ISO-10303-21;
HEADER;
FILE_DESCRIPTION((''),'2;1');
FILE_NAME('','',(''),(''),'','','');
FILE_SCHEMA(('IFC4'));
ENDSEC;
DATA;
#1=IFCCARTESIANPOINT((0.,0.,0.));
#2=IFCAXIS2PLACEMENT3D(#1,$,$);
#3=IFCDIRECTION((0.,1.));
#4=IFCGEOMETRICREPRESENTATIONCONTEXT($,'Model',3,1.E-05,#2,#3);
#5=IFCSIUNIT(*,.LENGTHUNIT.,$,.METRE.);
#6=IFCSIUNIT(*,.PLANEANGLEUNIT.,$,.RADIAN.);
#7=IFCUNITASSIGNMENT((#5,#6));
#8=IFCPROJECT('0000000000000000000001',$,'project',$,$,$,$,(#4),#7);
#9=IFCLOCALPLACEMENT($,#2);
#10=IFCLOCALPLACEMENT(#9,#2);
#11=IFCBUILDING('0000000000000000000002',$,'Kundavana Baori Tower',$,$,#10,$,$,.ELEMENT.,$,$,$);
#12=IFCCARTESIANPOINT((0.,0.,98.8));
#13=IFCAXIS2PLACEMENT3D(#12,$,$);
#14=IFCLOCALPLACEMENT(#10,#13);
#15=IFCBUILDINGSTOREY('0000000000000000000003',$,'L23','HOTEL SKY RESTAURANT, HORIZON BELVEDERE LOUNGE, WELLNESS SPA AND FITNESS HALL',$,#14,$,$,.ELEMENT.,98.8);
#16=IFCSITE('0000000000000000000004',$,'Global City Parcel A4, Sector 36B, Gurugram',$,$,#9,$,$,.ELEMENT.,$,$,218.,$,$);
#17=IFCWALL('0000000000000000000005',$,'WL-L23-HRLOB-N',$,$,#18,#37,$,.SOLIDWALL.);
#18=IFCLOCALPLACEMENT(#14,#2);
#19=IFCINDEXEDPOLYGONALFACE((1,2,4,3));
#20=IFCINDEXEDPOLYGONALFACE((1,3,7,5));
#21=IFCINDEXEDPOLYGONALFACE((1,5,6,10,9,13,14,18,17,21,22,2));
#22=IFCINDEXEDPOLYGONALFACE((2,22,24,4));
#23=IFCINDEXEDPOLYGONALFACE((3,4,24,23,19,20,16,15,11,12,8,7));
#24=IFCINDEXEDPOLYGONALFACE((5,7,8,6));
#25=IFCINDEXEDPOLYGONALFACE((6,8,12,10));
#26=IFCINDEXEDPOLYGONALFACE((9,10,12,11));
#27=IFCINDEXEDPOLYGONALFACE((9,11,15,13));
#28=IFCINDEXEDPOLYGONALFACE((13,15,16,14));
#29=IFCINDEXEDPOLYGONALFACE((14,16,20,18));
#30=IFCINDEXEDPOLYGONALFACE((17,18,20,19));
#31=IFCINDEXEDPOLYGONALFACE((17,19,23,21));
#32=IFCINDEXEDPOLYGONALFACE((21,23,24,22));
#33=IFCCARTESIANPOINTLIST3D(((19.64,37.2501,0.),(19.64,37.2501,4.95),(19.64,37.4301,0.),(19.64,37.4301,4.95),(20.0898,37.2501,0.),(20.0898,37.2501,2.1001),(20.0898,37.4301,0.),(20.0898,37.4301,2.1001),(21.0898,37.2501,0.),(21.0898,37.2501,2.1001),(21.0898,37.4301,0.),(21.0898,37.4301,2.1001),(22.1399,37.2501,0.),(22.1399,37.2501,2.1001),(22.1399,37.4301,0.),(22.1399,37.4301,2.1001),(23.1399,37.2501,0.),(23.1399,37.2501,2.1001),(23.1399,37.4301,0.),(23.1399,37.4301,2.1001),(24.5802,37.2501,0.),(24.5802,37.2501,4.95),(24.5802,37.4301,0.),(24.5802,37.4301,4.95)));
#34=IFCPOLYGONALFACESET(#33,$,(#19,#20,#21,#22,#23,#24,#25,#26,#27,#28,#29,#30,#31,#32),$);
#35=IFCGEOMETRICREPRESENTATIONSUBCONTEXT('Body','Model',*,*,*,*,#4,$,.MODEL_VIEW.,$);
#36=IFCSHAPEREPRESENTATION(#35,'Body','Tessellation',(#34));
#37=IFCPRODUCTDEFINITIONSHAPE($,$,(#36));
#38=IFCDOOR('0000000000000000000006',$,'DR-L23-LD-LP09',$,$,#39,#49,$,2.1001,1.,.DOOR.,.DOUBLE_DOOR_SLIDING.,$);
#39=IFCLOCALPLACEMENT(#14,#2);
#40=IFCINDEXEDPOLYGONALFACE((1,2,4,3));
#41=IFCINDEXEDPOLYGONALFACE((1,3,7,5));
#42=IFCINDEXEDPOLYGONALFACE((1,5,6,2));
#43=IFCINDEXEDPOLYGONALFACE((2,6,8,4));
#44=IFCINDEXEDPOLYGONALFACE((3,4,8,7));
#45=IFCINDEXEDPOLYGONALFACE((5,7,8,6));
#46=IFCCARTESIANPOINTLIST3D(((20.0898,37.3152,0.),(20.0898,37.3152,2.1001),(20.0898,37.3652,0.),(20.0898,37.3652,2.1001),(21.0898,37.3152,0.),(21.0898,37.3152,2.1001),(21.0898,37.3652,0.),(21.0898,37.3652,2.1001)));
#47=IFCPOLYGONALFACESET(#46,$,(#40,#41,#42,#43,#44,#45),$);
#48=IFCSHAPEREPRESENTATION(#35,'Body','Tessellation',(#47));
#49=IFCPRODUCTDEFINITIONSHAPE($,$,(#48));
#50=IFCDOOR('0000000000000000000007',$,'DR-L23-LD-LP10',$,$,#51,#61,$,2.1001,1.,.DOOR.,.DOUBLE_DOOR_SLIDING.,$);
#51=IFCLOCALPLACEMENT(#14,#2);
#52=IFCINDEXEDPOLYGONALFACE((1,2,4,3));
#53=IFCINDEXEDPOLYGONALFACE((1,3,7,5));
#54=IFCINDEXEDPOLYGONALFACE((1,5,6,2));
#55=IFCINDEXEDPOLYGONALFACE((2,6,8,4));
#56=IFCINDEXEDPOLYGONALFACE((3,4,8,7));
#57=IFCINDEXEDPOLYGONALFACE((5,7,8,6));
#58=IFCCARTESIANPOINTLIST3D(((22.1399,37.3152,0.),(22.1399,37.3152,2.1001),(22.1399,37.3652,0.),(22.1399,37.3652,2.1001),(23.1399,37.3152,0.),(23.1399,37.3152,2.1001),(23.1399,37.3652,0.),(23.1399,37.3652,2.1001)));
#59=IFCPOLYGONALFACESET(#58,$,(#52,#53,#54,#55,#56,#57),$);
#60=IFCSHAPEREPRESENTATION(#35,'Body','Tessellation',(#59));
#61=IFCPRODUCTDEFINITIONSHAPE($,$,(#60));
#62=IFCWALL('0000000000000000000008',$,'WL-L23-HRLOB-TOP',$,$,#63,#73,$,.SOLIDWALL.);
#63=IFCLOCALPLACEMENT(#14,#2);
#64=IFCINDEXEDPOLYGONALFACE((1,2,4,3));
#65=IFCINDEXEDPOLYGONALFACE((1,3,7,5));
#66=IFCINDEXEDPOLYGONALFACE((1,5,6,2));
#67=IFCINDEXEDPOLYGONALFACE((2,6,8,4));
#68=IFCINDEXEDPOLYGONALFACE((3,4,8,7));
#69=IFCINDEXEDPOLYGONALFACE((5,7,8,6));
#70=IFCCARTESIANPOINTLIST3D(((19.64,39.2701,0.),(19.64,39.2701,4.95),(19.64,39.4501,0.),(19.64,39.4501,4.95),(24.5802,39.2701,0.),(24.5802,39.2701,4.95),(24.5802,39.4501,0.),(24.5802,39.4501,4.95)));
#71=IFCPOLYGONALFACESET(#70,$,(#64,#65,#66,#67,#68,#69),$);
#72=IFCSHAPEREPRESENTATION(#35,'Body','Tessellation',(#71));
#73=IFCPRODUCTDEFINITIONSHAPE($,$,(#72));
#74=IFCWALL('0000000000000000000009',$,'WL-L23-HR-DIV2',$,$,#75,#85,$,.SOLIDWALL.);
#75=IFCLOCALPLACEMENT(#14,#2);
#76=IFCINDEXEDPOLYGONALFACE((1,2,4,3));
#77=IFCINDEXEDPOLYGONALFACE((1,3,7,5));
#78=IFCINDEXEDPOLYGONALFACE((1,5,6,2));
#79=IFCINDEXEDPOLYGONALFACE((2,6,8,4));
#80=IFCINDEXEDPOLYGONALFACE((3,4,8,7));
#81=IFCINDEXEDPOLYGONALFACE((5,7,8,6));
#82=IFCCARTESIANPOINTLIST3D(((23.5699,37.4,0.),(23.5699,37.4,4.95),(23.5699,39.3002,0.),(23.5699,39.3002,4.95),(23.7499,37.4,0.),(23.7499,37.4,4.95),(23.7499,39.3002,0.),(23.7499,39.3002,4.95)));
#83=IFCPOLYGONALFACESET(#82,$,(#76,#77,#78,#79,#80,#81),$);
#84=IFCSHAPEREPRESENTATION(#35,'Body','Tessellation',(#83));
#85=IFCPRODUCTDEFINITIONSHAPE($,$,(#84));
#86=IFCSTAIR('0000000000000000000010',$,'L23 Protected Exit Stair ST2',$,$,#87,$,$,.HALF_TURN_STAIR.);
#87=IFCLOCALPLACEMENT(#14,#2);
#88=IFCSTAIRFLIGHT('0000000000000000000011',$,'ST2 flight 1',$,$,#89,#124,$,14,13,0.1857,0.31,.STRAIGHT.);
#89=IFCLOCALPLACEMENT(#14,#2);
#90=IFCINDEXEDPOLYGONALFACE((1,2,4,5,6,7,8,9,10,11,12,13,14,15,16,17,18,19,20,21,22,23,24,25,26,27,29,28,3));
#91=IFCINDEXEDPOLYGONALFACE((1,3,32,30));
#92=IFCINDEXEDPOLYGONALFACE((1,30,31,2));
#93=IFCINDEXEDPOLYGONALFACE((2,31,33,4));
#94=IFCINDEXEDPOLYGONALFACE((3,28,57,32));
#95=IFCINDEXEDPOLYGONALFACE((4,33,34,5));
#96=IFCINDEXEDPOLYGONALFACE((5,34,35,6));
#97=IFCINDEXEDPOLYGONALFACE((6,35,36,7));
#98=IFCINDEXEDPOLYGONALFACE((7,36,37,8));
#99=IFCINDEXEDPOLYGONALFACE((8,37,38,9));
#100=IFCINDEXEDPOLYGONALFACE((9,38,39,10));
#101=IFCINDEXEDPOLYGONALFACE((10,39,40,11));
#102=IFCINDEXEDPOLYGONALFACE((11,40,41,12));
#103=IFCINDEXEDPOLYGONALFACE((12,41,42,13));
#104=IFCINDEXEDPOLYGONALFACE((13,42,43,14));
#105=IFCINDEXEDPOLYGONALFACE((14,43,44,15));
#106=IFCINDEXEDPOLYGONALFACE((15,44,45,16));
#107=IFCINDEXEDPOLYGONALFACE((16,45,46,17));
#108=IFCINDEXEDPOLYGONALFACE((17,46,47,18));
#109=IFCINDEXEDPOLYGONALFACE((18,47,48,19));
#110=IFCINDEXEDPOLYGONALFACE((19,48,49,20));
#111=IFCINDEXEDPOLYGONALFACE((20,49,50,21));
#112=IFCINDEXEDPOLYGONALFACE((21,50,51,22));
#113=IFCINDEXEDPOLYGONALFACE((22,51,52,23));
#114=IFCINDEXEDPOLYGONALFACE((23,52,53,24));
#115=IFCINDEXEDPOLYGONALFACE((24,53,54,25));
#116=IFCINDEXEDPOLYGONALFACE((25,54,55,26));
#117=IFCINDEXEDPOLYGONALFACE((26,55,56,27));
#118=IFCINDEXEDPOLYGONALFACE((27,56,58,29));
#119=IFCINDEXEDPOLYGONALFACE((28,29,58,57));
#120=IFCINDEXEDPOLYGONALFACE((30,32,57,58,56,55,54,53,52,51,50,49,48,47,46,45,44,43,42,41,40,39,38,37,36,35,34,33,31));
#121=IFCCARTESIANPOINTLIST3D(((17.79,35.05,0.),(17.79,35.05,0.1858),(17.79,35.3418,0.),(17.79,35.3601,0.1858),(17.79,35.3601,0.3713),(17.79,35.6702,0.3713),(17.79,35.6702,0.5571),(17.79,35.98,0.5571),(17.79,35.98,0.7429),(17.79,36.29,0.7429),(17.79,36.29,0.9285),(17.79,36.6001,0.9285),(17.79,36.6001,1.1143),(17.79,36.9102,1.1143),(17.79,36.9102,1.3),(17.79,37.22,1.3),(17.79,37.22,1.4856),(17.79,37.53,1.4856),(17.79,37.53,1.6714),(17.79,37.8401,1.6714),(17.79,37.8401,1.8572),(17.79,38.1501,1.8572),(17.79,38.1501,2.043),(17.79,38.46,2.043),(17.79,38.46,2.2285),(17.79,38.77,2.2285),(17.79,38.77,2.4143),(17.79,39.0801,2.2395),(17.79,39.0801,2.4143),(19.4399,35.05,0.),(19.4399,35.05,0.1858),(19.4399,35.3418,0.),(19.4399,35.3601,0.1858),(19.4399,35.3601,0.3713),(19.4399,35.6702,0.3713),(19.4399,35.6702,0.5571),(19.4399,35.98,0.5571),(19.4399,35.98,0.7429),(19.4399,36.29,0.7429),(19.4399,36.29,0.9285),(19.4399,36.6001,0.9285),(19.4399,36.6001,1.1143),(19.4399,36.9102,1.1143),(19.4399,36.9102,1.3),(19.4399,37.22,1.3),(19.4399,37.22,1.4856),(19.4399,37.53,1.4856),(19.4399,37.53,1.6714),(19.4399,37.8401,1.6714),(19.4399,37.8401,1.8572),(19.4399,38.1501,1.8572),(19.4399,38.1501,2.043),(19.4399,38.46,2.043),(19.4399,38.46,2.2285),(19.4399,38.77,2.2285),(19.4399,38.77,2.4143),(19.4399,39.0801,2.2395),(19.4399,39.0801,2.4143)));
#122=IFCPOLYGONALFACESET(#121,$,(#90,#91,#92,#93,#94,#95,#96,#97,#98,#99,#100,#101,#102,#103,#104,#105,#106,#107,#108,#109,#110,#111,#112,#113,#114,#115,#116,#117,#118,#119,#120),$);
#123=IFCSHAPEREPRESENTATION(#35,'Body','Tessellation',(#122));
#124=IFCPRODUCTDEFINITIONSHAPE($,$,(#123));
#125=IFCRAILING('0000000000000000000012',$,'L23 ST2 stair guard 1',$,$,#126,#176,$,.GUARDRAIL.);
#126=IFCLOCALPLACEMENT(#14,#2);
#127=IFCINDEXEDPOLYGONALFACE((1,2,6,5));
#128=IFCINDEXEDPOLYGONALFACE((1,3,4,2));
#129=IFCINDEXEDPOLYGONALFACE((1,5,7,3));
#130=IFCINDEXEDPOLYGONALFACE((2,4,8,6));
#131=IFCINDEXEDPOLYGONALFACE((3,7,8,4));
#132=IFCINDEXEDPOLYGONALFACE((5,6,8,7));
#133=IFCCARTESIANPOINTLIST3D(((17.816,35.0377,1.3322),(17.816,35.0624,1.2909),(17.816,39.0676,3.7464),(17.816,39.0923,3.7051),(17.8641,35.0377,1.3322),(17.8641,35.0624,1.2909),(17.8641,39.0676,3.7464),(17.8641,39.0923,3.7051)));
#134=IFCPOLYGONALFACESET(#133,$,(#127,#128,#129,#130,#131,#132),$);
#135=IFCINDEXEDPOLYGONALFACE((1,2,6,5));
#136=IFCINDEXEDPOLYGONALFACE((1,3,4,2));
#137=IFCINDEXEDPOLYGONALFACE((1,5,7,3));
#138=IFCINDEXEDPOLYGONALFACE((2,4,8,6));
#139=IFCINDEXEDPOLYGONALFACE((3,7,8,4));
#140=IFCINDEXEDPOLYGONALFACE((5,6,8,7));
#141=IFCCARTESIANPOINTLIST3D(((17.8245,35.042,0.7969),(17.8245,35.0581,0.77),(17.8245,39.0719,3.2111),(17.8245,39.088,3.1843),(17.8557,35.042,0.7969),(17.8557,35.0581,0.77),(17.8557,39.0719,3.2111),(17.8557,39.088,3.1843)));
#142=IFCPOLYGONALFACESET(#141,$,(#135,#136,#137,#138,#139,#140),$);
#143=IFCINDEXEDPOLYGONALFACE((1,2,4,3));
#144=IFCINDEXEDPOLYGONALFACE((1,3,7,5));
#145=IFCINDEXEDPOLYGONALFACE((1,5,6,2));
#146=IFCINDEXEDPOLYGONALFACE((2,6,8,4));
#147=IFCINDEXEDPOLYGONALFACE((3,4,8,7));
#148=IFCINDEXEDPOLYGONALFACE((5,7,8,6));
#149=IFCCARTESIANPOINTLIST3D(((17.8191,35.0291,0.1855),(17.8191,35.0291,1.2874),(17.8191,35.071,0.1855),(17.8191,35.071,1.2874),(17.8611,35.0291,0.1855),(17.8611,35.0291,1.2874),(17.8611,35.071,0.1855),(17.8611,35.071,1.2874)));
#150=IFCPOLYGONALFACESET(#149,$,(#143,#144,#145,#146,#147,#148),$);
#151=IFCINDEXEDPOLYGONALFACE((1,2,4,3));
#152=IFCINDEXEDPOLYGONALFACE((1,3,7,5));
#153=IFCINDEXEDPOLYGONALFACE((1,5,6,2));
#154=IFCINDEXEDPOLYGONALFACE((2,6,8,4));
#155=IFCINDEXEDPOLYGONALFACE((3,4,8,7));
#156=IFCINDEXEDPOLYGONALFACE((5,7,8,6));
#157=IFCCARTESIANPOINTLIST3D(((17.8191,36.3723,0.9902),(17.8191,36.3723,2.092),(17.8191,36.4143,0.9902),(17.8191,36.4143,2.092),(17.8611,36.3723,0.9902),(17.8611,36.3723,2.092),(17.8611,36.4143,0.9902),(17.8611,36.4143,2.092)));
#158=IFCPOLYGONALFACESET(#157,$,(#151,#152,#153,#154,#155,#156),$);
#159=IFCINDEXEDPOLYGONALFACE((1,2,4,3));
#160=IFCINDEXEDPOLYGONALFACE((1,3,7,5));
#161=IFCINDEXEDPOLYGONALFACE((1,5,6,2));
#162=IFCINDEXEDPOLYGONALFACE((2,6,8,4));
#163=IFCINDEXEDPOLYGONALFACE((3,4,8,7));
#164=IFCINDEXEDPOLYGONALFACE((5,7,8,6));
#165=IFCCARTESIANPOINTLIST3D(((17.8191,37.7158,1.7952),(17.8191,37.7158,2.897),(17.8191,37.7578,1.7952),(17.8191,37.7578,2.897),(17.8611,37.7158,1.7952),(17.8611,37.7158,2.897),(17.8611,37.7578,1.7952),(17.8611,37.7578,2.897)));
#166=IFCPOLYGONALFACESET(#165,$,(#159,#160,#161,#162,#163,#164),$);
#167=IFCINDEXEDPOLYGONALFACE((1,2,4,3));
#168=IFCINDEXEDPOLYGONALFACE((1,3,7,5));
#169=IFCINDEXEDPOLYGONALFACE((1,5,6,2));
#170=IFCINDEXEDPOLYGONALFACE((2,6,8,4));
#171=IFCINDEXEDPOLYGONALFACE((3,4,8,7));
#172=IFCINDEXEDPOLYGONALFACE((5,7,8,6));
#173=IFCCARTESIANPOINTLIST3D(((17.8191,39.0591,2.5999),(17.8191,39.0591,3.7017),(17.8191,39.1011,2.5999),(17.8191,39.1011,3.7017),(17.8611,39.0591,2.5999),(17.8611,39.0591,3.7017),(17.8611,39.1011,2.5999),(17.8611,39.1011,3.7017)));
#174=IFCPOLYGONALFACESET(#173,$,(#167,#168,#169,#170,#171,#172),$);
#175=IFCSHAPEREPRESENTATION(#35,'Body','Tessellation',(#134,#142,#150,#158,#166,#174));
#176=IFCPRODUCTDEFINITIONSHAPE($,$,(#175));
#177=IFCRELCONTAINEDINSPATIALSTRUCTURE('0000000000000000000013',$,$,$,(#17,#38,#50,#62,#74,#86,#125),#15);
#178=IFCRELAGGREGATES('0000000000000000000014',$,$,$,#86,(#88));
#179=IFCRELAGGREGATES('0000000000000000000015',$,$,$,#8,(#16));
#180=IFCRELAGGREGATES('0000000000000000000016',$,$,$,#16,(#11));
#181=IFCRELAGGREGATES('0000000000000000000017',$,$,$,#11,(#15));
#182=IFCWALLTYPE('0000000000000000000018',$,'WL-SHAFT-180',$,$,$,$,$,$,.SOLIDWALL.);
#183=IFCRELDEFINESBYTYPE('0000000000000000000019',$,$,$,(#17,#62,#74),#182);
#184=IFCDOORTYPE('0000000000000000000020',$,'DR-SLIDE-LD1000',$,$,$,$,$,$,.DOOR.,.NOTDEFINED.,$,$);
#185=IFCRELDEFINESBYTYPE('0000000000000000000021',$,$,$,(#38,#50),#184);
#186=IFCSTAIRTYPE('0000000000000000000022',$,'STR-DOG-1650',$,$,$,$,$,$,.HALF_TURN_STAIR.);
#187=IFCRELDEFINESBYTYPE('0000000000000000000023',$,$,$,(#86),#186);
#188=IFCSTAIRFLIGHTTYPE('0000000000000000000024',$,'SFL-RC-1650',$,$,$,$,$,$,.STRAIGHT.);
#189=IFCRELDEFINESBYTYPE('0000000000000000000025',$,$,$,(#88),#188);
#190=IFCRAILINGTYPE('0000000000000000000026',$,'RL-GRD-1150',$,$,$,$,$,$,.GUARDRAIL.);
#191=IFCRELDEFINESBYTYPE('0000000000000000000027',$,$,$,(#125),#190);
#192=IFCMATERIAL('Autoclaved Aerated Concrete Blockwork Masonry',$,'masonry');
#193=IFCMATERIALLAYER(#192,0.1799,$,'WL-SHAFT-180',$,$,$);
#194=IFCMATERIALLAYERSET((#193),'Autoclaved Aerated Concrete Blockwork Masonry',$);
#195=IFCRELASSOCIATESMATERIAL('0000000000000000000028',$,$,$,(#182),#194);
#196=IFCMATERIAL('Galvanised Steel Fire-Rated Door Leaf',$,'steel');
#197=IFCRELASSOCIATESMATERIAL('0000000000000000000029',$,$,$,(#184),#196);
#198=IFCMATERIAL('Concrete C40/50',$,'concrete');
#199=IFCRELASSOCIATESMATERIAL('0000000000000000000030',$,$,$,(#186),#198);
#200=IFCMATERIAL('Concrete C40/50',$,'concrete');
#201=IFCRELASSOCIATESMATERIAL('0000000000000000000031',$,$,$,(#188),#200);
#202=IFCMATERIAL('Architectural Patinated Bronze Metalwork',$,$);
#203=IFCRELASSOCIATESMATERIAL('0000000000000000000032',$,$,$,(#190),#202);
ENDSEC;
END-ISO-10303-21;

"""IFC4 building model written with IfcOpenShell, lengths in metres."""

from ifc_helpers import new_model, si_unit, direction, frame, frame_2d, origin, origin_2d, place, context, subcontext, project, spatial, polyline, rectangle, outline, extrude, material, layer, layer_set, type_object, element, fill, aggregate, save


model = new_model("IFC4")

# Units and contexts
model_context = context("Model", 3, precision=1e-05, world=origin(), true_north=direction((0.0, 1.0)))
body_context = subcontext(model_context, "Body", "Model", "MODEL_VIEW")
ifc_project = project(units=[si_unit("LENGTHUNIT", "METRE"), si_unit("PLANEANGLEUNIT", "RADIAN")], contexts=[model_context])

# Site, building, storey
site_placement = place(None, origin())
site = spatial("IfcSite", under=ifc_project, at=site_placement, Name="Global City Parcel A4, Sector 36B, Gurugram", CompositionType="ELEMENT", RefElevation=218.0)
building_placement = place(site_placement, origin())
building = spatial("IfcBuilding", under=site, at=building_placement, Name="Kundavana Baori Tower", CompositionType="ELEMENT")
storey_placement = place(building_placement, frame((0.0, 0.0, 98.8)))
storey = spatial("IfcBuildingStorey", under=building, at=storey_placement, Name="L23", Description="HOTEL SKY RESTAURANT, HORIZON BELVEDERE LOUNGE, WELLNESS SPA AND FITNESS HALL", CompositionType="ELEMENT", Elevation=98.8)

# Shared definitions
ifc_material_1 = material(Name="Autoclaved Aerated Concrete Blockwork Masonry", Category="masonry")
ifc_layer_1 = layer(ifc_material_1, 0.1799, Name="WL-SHAFT-180")
ifc_layer_set_1 = layer_set([ifc_layer_1], Name="Autoclaved Aerated Concrete Blockwork Masonry")
wall_type_1 = type_object("IfcWallType", Name="WL-SHAFT-180", PredefinedType="SOLIDWALL", material=ifc_layer_set_1)
ifc_material_2 = material(Name="Galvanised Steel Fire-Rated Door Leaf", Category="steel")
door_type_1 = type_object("IfcDoorType", Name="DR-SLIDE-LD1000", OperationType="NOTDEFINED", PredefinedType="DOOR", material=ifc_material_2)

# Wall, openings, doors
wall_1_placement = place(storey_placement, frame((19.6399, 37.3401, 0.0), z_axis=(0.0, 0.0, 1.0), x_axis=(1.0, 0.0, 0.0)))
wall_1 = element("IfcWall", 1, at=wall_1_placement, inside=storey, type_object=wall_type_1, Name="WL-L23-HRLOB-N", PredefinedType="SOLIDWALL", context=body_context, shape_type="SweptSolid", body=[
    extrude(rectangle(XDim=4.9402, YDim=0.1799, at=frame_2d((2.4702, 0.0))), origin(), (0.0, 0.0, 1.0), 4.95),
])
opening_1_placement = place(wall_1_placement, frame((0.45, 0.0, 0.0)))
opening_1 = element("IfcOpeningElement", 2, at=opening_1_placement, cuts=wall_1, PredefinedType="OPENING", context=body_context, shape_type="SweptSolid", body=[
    extrude(rectangle(XDim=1.0, YDim=2.1001, at=frame_2d((0.5, 1.05))), frame((0.0, 0.1001, 0.0), z_axis=(0.0, -1.0, 0.0), x_axis=(1.0, 0.0, 0.0)), (0.0, 0.0, 1.0), 0.2),
])
opening_2_placement = place(wall_1_placement, frame((2.5, 0.0, 0.0)))
opening_2 = element("IfcOpeningElement", 3, at=opening_2_placement, cuts=wall_1, PredefinedType="OPENING", context=body_context, shape_type="SweptSolid", body=[
    extrude(rectangle(XDim=1.0, YDim=2.1001, at=frame_2d((0.5, 1.05))), frame((0.0, 0.1001, 0.0), z_axis=(0.0, -1.0, 0.0), x_axis=(1.0, 0.0, 0.0)), (0.0, 0.0, 1.0), 0.2),
])
door_1_placement = place(opening_1_placement, frame((1.0, 0.0, 0.0), z_axis=(0.0, 0.0, 1.0), x_axis=(-1.0, 0.0, 0.0)))
door_1 = element("IfcDoor", 4, at=door_1_placement, inside=storey, type_object=door_type_1, Name="DR-L23-LD-LP09", OperationType="DOUBLE_DOOR_SLIDING", OverallHeight=2.1001, OverallWidth=1.0, PredefinedType="DOOR", context=body_context, shape_type="SweptSolid", body=[
    extrude(rectangle(XDim=1.0, YDim=2.1001, at=frame_2d((0.5, 1.05))), frame((0.0, 0.0249, 0.0), z_axis=(0.0, -1.0, 0.0), x_axis=(1.0, 0.0, 0.0)), (0.0, 0.0, 1.0), 0.05),
])
fill(opening_1, door_1)
door_2_placement = place(opening_2_placement, frame((1.0, 0.0, 0.0), z_axis=(0.0, 0.0, 1.0), x_axis=(-1.0, 0.0, 0.0)))
door_2 = element("IfcDoor", 5, at=door_2_placement, inside=storey, type_object=door_type_1, Name="DR-L23-LD-LP10", OperationType="DOUBLE_DOOR_SLIDING", OverallHeight=2.1001, OverallWidth=1.0, PredefinedType="DOOR", context=body_context, shape_type="SweptSolid", body=[
    extrude(rectangle(XDim=1.0, YDim=2.1001, at=frame_2d((0.5, 1.05))), frame((0.0, 0.0249, 0.0), z_axis=(0.0, -1.0, 0.0), x_axis=(1.0, 0.0, 0.0)), (0.0, 0.0, 1.0), 0.05),
])
fill(opening_2, door_2)

# Walls
wall_2_placement = place(storey_placement, frame((19.6399, 39.3601, 0.0), z_axis=(0.0, 0.0, 1.0), x_axis=(1.0, 0.0, 0.0)))
element("IfcWall", 6, at=wall_2_placement, inside=storey, type_object=wall_type_1, Name="WL-L23-HRLOB-TOP", PredefinedType="SOLIDWALL", context=body_context, shape_type="SweptSolid", body=[
    extrude(rectangle(XDim=4.9402, YDim=0.1799, at=frame_2d((2.4702, 0.0))), origin(), (0.0, 0.0, 1.0), 4.95),
])
wall_3_placement = place(storey_placement, frame((23.6599, 37.3999, 0.0), z_axis=(0.0, 0.0, 1.0), x_axis=(0.0, 1.0, 0.0)))
element("IfcWall", 7, at=wall_3_placement, inside=storey, type_object=wall_type_1, Name="WL-L23-HR-DIV2", PredefinedType="SOLIDWALL", context=body_context, shape_type="SweptSolid", body=[
    extrude(rectangle(XDim=1.9001, YDim=0.1799, at=frame_2d((0.9502, 0.0))), origin(), (0.0, 0.0, 1.0), 4.95),
])

# Stair, stair flight
ifc_material_3 = material(Name="Concrete C40/50", Category="concrete")
stair_type = type_object("IfcStairType", Name="STR-DOG-1650", PredefinedType="HALF_TURN_STAIR", material=ifc_material_3)
stair_placement = place(storey_placement, origin())
stair = element("IfcStair", 8, at=stair_placement, inside=storey, type_object=stair_type, Name="L23 Protected Exit Stair ST2", PredefinedType="HALF_TURN_STAIR")
ifc_material_4 = material(Name="Concrete C40/50", Category="concrete")
stair_flight_type = type_object("IfcStairFlightType", Name="SFL-RC-1650", PredefinedType="STRAIGHT", material=ifc_material_4)
stair_flight_placement = place(storey_placement, frame((18.615, 35.05, 0.0), z_axis=(0.0, 0.0, 1.0), x_axis=(0.0, 1.0, 0.0)))
stair_flight = element("IfcStairFlight", 9, at=stair_flight_placement, type_object=stair_flight_type, Name="ST2 flight 1", NumberOfRisers=14, NumberOfTreads=13, PredefinedType="STRAIGHT", RiserHeight=0.1857, TreadLength=0.31, context=body_context, shape_type="SweptSolid", body=[
    extrude(outline(polyline([(0.0, 0.0), (0.0, 0.1858), (0.3101, 0.1858), (0.3101, 0.3713), (0.6201, 0.3713), (0.6201, 0.5571), (0.9299, 0.5571), (0.9299, 0.7429), (1.24, 0.7429), (1.24, 0.9285), (1.55, 0.9285), (1.55, 1.1143), (1.8601, 1.1143), (1.8601, 1.3), (2.1699, 1.3), (2.1699, 1.4856), (2.48, 1.4856), (2.48, 1.6714), (2.79, 1.6714), (2.79, 1.8572), (3.1001, 1.8572), (3.1001, 2.043), (3.4099, 2.043), (3.4099, 2.2285), (3.72, 2.2285), (3.72, 2.4143), (4.03, 2.4143), (4.03, 2.6001), (4.03, 2.2395), (0.2917, 0.0), (0.0, 0.0)])), frame((0.0, 0.825, 0.0), z_axis=(0.0, -1.0, 0.0), x_axis=(1.0, 0.0, 0.0)), (0.0, 0.0, 1.0), 1.6499),
])
aggregate(stair, [stair_flight])

# Railing
ifc_material_5 = material(Name="Architectural Patinated Bronze Metalwork")
railing_type_1 = type_object("IfcRailingType", Name="RL-GRD-1150", PredefinedType="GUARDRAIL", material=ifc_material_5)
railing_1_placement = place(storey_placement, frame((17.8401, 35.05, 0.1855)))
element("IfcRailing", 10, at=railing_1_placement, inside=storey, type_object=railing_type_1, Name="L23 ST2 stair guard 1", PredefinedType="GUARDRAIL", context=body_context, shape_type="SweptSolid", body=[
    extrude(rectangle(XDim=0.0481, YDim=0.0481, at=origin_2d()), frame((0.0, 0.0, 1.126), z_axis=(0.0, 0.857841, 0.513915), x_axis=(-1.0, 0.0, 0.0)), (0.0, 0.0, 1.0), 4.6978),
    extrude(rectangle(XDim=0.0312, YDim=0.0312, at=origin_2d()), frame((0.0, 0.0, 0.5979), z_axis=(0.0, 0.857841, 0.513915), x_axis=(-1.0, 0.0, 0.0)), (0.0, 0.0, 1.0), 4.6978),
    extrude(rectangle(XDim=0.042, YDim=0.042, at=origin_2d()), origin(), (0.0, 0.0, 1.0), 1.1018),
    extrude(rectangle(XDim=0.042, YDim=0.042, at=origin_2d()), frame((0.0, 1.3433, 0.8047)), (0.0, 0.0, 1.0), 1.1018),
    extrude(rectangle(XDim=0.042, YDim=0.042, at=origin_2d()), frame((0.0, 2.6868, 1.6096)), (0.0, 0.0, 1.0), 1.1018),
    extrude(rectangle(XDim=0.042, YDim=0.042, at=origin_2d()), frame((0.0, 4.03, 2.4143)), (0.0, 0.0, 1.0), 1.1018),
])

save(model, "model.ifc")
